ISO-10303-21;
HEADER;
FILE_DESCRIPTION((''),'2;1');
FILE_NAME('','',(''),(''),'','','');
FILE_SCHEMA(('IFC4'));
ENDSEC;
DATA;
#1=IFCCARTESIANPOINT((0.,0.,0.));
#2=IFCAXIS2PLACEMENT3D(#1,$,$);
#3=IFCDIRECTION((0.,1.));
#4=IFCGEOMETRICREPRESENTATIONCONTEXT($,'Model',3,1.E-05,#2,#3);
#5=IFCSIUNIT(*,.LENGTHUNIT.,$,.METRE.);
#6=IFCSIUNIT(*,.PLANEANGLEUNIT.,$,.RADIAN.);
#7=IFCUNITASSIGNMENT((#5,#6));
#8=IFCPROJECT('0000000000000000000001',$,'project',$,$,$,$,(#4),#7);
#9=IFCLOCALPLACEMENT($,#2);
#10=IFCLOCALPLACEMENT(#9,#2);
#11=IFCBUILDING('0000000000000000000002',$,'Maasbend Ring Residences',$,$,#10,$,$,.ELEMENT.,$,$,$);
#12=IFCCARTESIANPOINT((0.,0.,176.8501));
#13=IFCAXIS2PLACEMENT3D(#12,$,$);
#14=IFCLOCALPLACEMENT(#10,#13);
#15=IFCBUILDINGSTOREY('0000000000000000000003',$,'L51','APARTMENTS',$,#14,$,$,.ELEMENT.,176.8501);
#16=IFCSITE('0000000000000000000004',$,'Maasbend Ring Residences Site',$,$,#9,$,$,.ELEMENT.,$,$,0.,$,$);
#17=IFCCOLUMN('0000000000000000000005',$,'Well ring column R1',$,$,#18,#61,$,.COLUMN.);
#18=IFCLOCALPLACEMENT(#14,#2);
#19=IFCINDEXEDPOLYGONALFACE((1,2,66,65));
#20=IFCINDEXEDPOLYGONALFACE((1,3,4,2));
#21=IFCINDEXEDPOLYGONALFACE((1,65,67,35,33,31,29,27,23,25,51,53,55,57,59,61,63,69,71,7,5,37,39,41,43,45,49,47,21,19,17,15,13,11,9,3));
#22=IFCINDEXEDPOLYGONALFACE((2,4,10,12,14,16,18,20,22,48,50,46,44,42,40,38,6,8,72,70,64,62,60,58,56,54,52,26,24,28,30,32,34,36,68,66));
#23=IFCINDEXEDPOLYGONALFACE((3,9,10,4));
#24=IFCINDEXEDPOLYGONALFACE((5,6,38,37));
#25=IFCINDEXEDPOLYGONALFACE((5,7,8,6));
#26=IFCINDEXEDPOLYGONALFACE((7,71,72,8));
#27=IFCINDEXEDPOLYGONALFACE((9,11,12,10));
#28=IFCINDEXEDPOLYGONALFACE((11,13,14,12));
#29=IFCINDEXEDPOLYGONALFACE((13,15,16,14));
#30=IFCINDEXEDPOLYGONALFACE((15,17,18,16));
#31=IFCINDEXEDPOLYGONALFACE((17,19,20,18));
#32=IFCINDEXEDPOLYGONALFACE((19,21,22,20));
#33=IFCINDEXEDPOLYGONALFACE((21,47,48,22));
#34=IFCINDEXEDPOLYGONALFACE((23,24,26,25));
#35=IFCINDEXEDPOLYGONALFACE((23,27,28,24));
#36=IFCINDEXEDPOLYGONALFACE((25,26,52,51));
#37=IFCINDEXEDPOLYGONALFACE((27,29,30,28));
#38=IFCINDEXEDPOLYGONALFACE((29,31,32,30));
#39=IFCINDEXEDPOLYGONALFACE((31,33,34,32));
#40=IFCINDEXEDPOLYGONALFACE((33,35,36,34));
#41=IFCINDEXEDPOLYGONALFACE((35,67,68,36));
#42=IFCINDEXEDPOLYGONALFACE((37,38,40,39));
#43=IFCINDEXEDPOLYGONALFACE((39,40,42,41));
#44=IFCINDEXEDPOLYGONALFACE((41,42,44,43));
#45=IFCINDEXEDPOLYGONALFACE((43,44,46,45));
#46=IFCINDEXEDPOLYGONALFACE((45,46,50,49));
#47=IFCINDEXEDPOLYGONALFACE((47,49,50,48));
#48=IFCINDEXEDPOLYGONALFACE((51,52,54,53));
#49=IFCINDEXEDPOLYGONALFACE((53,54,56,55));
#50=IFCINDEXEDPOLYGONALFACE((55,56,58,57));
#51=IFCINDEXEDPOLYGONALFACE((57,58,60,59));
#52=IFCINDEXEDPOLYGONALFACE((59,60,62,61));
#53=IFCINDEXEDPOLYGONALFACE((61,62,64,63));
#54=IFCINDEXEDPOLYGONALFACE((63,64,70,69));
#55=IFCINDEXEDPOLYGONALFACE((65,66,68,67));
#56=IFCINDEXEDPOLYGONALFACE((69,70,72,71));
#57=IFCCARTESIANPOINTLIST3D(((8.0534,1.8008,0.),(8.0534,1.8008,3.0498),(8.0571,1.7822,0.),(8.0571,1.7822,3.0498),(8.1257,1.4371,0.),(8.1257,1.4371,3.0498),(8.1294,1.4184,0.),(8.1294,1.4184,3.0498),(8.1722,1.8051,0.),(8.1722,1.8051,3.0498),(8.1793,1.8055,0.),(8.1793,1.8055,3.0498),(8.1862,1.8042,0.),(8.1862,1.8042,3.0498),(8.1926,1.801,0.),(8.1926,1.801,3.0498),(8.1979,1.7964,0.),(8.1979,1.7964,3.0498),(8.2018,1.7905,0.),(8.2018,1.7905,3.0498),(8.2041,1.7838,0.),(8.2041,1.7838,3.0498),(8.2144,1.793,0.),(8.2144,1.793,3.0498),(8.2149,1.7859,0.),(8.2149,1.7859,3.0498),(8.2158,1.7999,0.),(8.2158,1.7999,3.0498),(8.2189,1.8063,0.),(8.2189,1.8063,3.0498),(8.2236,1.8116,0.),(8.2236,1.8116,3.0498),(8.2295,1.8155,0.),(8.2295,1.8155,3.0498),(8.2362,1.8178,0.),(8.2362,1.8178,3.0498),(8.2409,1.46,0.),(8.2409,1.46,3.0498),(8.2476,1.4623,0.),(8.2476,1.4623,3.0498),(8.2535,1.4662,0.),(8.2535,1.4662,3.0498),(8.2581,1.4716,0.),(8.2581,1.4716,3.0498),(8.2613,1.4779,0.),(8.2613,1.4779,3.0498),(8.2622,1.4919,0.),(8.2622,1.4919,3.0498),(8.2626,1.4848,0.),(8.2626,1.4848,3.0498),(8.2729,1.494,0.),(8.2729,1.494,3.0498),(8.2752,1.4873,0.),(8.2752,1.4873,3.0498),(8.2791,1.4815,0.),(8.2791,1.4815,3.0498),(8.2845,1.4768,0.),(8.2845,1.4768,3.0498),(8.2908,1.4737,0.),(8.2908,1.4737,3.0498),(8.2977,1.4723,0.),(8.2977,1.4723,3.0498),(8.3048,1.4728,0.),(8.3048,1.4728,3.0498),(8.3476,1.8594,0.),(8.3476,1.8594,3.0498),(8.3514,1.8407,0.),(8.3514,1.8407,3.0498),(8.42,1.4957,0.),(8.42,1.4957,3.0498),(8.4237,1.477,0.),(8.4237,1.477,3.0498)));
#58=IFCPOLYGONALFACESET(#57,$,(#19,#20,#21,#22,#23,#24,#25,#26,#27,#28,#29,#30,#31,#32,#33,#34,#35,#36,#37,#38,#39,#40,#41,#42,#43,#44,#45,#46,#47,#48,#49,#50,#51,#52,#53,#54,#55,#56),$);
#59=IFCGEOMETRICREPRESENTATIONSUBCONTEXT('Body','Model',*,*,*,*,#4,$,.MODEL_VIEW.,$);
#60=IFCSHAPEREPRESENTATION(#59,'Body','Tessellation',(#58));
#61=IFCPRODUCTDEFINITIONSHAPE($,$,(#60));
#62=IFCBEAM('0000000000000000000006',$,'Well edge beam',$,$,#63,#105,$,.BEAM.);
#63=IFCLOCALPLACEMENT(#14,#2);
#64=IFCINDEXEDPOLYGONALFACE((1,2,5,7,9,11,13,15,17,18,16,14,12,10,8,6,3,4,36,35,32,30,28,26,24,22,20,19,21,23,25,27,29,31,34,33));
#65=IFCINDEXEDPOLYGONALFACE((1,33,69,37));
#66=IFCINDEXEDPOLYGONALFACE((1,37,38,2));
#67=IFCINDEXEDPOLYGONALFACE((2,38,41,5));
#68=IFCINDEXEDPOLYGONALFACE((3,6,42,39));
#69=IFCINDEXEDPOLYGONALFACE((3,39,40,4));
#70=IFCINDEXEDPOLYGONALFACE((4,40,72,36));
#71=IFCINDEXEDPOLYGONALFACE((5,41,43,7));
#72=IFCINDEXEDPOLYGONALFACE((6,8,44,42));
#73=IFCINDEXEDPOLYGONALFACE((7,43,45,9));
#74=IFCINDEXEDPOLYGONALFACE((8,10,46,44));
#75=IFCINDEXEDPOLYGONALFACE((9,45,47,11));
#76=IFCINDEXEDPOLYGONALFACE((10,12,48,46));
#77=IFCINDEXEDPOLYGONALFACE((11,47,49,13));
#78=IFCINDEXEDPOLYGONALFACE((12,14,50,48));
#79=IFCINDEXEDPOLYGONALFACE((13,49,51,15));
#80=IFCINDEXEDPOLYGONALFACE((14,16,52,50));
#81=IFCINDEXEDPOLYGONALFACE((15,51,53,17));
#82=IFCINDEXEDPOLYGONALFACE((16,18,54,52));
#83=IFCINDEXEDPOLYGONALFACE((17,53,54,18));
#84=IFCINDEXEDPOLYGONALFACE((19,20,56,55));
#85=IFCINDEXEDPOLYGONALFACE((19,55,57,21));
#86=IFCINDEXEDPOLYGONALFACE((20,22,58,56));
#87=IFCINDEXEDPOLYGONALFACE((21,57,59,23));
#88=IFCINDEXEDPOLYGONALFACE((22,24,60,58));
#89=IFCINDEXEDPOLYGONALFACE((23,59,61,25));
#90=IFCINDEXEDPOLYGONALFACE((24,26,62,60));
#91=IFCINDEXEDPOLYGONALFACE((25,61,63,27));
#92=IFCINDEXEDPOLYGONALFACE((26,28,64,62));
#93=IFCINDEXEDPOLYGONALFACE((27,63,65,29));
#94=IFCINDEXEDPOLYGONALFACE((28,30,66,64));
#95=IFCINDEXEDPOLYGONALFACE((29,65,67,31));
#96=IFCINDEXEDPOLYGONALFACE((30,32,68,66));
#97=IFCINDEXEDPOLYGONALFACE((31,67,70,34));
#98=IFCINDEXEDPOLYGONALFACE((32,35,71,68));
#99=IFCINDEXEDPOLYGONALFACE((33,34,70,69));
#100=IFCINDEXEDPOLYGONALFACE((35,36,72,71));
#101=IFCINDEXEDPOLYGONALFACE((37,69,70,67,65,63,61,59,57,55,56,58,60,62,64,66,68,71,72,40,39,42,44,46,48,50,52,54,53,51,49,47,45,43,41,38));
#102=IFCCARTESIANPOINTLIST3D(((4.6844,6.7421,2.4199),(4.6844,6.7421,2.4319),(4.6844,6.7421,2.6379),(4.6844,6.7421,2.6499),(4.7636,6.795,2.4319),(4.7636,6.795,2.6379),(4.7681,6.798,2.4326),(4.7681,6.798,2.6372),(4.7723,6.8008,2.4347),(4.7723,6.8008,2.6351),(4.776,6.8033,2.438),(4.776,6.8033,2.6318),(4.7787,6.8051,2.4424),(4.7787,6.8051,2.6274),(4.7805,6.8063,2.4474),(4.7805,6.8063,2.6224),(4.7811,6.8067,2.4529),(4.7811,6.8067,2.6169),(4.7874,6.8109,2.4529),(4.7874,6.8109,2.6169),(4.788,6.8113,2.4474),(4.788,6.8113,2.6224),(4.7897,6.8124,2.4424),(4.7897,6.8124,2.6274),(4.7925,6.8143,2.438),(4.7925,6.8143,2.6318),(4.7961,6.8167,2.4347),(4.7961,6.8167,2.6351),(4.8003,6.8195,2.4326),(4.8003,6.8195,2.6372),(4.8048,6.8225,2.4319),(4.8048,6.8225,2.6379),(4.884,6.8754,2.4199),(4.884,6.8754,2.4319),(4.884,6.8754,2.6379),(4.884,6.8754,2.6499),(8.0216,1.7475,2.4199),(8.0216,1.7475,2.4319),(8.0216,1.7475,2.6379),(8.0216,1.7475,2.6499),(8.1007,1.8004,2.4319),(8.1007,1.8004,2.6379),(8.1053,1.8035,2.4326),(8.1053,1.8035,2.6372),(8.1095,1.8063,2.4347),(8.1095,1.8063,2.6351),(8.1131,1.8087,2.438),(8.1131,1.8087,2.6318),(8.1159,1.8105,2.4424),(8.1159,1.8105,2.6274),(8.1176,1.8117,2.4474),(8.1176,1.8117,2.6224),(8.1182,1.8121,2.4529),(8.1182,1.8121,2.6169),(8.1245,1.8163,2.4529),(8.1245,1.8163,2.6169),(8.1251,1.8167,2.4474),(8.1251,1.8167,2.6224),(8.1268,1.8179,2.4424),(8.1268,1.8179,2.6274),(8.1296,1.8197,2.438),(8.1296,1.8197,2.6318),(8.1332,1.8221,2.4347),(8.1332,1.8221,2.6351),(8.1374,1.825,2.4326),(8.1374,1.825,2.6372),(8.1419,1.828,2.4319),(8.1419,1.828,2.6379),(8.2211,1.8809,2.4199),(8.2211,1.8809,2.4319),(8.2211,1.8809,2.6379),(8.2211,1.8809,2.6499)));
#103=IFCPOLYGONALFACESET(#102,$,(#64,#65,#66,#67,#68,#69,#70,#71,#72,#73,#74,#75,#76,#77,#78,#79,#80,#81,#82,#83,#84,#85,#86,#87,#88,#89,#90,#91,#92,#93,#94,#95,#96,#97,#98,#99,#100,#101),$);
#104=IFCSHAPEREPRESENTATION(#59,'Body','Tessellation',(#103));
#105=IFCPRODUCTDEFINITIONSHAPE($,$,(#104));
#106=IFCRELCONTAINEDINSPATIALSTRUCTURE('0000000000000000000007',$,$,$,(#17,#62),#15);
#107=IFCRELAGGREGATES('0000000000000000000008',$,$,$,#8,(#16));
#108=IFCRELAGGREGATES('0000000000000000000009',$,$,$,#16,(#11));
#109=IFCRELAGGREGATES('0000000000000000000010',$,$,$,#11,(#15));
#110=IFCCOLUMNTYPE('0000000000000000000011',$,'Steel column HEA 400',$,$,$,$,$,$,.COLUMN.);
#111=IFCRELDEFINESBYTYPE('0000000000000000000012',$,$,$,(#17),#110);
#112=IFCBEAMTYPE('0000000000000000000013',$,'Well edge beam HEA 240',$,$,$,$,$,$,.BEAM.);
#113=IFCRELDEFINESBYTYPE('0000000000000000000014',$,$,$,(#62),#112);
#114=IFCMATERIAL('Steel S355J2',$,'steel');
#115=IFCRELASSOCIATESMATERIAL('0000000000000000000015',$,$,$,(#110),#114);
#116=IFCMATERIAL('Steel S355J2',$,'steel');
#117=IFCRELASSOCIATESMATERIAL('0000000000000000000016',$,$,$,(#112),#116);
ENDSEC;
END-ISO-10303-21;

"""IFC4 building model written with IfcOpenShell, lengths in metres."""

from ifc_helpers import new_model, si_unit, direction, frame, origin, origin_2d, place, context, subcontext, project, spatial, i_section, extrude, material, material_profile, profile_set, type_object, element, save


model = new_model("IFC4")

# Units and contexts
model_context = context("Model", 3, precision=1e-05, world=origin(), true_north=direction((0.0, 1.0)))
body_context = subcontext(model_context, "Body", "Model", "MODEL_VIEW")
ifc_project = project(units=[si_unit("LENGTHUNIT", "METRE"), si_unit("PLANEANGLEUNIT", "RADIAN")], contexts=[model_context])

# Site, building, storey
site_placement = place(None, origin())
site = spatial("IfcSite", under=ifc_project, at=site_placement, Name="Maasbend Ring Residences Site", CompositionType="ELEMENT", RefElevation=0.0)
building_placement = place(site_placement, origin())
building = spatial("IfcBuilding", under=site, at=building_placement, Name="Maasbend Ring Residences", CompositionType="ELEMENT")
storey_placement = place(building_placement, frame((0.0, 0.0, 176.8501)))
storey = spatial("IfcBuildingStorey", under=building, at=storey_placement, Name="L51", Description="APARTMENTS", CompositionType="ELEMENT", Elevation=176.8501)

# Column
ifc_material_1 = material(Name="Steel S355J2", Category="steel")
ifc_material_profile_1 = material_profile(ifc_material_1, i_section(OverallWidth=0.3, OverallDepth=0.3899, WebThickness=0.011, FlangeThickness=0.019, FilletRadius=0.0271, at=origin_2d()), Name="HEA 400")
ifc_profile_set_1 = profile_set([ifc_material_profile_1], Name="Steel S355J2")
column_type = type_object("IfcColumnType", Name="Steel column HEA 400", PredefinedType="COLUMN", material=ifc_profile_set_1)
column_placement = place(storey_placement, frame((8.2385, 1.6389, 0.0), z_axis=(0.0, 0.0, 1.0), x_axis=(0.980785, 0.19509, 0.0)))
element("IfcColumn", 1, at=column_placement, inside=storey, type_object=column_type, Name="Well ring column R1", PredefinedType="COLUMN", context=body_context, shape_type="SweptSolid", body=[
    extrude(i_section(OverallWidth=0.3, OverallDepth=0.3899, WebThickness=0.011, FlangeThickness=0.019, FilletRadius=0.0271, at=origin_2d()), origin(), (0.0, 0.0, 1.0), 3.0498),
])

# Beam
ifc_material_2 = material(Name="Steel S355J2", Category="steel")
ifc_material_profile_2 = material_profile(ifc_material_2, i_section(OverallWidth=0.24, OverallDepth=0.23, WebThickness=0.0076, FlangeThickness=0.012, FilletRadius=0.021, at=origin_2d()), Name="HEA 240")
ifc_profile_set_2 = profile_set([ifc_material_profile_2], Name="Steel S355J2")
beam_type = type_object("IfcBeamType", Name="Well edge beam HEA 240", PredefinedType="BEAM", material=ifc_profile_set_2)
beam_placement = place(storey_placement, frame((8.1213, 1.8142, 2.5349), z_axis=(-0.555553, 0.831481, 0.0), x_axis=(-0.831481, -0.555553, 0.0)))
element("IfcBeam", 2, at=beam_placement, inside=storey, type_object=beam_type, Name="Well edge beam", PredefinedType="BEAM", context=body_context, shape_type="SweptSolid", body=[
    extrude(i_section(OverallWidth=0.24, OverallDepth=0.23, WebThickness=0.0076, FlangeThickness=0.012, FilletRadius=0.021, at=origin_2d()), origin(), (0.0, 0.0, 1.0), 6.0068),
])

save(model, "model.ifc")
